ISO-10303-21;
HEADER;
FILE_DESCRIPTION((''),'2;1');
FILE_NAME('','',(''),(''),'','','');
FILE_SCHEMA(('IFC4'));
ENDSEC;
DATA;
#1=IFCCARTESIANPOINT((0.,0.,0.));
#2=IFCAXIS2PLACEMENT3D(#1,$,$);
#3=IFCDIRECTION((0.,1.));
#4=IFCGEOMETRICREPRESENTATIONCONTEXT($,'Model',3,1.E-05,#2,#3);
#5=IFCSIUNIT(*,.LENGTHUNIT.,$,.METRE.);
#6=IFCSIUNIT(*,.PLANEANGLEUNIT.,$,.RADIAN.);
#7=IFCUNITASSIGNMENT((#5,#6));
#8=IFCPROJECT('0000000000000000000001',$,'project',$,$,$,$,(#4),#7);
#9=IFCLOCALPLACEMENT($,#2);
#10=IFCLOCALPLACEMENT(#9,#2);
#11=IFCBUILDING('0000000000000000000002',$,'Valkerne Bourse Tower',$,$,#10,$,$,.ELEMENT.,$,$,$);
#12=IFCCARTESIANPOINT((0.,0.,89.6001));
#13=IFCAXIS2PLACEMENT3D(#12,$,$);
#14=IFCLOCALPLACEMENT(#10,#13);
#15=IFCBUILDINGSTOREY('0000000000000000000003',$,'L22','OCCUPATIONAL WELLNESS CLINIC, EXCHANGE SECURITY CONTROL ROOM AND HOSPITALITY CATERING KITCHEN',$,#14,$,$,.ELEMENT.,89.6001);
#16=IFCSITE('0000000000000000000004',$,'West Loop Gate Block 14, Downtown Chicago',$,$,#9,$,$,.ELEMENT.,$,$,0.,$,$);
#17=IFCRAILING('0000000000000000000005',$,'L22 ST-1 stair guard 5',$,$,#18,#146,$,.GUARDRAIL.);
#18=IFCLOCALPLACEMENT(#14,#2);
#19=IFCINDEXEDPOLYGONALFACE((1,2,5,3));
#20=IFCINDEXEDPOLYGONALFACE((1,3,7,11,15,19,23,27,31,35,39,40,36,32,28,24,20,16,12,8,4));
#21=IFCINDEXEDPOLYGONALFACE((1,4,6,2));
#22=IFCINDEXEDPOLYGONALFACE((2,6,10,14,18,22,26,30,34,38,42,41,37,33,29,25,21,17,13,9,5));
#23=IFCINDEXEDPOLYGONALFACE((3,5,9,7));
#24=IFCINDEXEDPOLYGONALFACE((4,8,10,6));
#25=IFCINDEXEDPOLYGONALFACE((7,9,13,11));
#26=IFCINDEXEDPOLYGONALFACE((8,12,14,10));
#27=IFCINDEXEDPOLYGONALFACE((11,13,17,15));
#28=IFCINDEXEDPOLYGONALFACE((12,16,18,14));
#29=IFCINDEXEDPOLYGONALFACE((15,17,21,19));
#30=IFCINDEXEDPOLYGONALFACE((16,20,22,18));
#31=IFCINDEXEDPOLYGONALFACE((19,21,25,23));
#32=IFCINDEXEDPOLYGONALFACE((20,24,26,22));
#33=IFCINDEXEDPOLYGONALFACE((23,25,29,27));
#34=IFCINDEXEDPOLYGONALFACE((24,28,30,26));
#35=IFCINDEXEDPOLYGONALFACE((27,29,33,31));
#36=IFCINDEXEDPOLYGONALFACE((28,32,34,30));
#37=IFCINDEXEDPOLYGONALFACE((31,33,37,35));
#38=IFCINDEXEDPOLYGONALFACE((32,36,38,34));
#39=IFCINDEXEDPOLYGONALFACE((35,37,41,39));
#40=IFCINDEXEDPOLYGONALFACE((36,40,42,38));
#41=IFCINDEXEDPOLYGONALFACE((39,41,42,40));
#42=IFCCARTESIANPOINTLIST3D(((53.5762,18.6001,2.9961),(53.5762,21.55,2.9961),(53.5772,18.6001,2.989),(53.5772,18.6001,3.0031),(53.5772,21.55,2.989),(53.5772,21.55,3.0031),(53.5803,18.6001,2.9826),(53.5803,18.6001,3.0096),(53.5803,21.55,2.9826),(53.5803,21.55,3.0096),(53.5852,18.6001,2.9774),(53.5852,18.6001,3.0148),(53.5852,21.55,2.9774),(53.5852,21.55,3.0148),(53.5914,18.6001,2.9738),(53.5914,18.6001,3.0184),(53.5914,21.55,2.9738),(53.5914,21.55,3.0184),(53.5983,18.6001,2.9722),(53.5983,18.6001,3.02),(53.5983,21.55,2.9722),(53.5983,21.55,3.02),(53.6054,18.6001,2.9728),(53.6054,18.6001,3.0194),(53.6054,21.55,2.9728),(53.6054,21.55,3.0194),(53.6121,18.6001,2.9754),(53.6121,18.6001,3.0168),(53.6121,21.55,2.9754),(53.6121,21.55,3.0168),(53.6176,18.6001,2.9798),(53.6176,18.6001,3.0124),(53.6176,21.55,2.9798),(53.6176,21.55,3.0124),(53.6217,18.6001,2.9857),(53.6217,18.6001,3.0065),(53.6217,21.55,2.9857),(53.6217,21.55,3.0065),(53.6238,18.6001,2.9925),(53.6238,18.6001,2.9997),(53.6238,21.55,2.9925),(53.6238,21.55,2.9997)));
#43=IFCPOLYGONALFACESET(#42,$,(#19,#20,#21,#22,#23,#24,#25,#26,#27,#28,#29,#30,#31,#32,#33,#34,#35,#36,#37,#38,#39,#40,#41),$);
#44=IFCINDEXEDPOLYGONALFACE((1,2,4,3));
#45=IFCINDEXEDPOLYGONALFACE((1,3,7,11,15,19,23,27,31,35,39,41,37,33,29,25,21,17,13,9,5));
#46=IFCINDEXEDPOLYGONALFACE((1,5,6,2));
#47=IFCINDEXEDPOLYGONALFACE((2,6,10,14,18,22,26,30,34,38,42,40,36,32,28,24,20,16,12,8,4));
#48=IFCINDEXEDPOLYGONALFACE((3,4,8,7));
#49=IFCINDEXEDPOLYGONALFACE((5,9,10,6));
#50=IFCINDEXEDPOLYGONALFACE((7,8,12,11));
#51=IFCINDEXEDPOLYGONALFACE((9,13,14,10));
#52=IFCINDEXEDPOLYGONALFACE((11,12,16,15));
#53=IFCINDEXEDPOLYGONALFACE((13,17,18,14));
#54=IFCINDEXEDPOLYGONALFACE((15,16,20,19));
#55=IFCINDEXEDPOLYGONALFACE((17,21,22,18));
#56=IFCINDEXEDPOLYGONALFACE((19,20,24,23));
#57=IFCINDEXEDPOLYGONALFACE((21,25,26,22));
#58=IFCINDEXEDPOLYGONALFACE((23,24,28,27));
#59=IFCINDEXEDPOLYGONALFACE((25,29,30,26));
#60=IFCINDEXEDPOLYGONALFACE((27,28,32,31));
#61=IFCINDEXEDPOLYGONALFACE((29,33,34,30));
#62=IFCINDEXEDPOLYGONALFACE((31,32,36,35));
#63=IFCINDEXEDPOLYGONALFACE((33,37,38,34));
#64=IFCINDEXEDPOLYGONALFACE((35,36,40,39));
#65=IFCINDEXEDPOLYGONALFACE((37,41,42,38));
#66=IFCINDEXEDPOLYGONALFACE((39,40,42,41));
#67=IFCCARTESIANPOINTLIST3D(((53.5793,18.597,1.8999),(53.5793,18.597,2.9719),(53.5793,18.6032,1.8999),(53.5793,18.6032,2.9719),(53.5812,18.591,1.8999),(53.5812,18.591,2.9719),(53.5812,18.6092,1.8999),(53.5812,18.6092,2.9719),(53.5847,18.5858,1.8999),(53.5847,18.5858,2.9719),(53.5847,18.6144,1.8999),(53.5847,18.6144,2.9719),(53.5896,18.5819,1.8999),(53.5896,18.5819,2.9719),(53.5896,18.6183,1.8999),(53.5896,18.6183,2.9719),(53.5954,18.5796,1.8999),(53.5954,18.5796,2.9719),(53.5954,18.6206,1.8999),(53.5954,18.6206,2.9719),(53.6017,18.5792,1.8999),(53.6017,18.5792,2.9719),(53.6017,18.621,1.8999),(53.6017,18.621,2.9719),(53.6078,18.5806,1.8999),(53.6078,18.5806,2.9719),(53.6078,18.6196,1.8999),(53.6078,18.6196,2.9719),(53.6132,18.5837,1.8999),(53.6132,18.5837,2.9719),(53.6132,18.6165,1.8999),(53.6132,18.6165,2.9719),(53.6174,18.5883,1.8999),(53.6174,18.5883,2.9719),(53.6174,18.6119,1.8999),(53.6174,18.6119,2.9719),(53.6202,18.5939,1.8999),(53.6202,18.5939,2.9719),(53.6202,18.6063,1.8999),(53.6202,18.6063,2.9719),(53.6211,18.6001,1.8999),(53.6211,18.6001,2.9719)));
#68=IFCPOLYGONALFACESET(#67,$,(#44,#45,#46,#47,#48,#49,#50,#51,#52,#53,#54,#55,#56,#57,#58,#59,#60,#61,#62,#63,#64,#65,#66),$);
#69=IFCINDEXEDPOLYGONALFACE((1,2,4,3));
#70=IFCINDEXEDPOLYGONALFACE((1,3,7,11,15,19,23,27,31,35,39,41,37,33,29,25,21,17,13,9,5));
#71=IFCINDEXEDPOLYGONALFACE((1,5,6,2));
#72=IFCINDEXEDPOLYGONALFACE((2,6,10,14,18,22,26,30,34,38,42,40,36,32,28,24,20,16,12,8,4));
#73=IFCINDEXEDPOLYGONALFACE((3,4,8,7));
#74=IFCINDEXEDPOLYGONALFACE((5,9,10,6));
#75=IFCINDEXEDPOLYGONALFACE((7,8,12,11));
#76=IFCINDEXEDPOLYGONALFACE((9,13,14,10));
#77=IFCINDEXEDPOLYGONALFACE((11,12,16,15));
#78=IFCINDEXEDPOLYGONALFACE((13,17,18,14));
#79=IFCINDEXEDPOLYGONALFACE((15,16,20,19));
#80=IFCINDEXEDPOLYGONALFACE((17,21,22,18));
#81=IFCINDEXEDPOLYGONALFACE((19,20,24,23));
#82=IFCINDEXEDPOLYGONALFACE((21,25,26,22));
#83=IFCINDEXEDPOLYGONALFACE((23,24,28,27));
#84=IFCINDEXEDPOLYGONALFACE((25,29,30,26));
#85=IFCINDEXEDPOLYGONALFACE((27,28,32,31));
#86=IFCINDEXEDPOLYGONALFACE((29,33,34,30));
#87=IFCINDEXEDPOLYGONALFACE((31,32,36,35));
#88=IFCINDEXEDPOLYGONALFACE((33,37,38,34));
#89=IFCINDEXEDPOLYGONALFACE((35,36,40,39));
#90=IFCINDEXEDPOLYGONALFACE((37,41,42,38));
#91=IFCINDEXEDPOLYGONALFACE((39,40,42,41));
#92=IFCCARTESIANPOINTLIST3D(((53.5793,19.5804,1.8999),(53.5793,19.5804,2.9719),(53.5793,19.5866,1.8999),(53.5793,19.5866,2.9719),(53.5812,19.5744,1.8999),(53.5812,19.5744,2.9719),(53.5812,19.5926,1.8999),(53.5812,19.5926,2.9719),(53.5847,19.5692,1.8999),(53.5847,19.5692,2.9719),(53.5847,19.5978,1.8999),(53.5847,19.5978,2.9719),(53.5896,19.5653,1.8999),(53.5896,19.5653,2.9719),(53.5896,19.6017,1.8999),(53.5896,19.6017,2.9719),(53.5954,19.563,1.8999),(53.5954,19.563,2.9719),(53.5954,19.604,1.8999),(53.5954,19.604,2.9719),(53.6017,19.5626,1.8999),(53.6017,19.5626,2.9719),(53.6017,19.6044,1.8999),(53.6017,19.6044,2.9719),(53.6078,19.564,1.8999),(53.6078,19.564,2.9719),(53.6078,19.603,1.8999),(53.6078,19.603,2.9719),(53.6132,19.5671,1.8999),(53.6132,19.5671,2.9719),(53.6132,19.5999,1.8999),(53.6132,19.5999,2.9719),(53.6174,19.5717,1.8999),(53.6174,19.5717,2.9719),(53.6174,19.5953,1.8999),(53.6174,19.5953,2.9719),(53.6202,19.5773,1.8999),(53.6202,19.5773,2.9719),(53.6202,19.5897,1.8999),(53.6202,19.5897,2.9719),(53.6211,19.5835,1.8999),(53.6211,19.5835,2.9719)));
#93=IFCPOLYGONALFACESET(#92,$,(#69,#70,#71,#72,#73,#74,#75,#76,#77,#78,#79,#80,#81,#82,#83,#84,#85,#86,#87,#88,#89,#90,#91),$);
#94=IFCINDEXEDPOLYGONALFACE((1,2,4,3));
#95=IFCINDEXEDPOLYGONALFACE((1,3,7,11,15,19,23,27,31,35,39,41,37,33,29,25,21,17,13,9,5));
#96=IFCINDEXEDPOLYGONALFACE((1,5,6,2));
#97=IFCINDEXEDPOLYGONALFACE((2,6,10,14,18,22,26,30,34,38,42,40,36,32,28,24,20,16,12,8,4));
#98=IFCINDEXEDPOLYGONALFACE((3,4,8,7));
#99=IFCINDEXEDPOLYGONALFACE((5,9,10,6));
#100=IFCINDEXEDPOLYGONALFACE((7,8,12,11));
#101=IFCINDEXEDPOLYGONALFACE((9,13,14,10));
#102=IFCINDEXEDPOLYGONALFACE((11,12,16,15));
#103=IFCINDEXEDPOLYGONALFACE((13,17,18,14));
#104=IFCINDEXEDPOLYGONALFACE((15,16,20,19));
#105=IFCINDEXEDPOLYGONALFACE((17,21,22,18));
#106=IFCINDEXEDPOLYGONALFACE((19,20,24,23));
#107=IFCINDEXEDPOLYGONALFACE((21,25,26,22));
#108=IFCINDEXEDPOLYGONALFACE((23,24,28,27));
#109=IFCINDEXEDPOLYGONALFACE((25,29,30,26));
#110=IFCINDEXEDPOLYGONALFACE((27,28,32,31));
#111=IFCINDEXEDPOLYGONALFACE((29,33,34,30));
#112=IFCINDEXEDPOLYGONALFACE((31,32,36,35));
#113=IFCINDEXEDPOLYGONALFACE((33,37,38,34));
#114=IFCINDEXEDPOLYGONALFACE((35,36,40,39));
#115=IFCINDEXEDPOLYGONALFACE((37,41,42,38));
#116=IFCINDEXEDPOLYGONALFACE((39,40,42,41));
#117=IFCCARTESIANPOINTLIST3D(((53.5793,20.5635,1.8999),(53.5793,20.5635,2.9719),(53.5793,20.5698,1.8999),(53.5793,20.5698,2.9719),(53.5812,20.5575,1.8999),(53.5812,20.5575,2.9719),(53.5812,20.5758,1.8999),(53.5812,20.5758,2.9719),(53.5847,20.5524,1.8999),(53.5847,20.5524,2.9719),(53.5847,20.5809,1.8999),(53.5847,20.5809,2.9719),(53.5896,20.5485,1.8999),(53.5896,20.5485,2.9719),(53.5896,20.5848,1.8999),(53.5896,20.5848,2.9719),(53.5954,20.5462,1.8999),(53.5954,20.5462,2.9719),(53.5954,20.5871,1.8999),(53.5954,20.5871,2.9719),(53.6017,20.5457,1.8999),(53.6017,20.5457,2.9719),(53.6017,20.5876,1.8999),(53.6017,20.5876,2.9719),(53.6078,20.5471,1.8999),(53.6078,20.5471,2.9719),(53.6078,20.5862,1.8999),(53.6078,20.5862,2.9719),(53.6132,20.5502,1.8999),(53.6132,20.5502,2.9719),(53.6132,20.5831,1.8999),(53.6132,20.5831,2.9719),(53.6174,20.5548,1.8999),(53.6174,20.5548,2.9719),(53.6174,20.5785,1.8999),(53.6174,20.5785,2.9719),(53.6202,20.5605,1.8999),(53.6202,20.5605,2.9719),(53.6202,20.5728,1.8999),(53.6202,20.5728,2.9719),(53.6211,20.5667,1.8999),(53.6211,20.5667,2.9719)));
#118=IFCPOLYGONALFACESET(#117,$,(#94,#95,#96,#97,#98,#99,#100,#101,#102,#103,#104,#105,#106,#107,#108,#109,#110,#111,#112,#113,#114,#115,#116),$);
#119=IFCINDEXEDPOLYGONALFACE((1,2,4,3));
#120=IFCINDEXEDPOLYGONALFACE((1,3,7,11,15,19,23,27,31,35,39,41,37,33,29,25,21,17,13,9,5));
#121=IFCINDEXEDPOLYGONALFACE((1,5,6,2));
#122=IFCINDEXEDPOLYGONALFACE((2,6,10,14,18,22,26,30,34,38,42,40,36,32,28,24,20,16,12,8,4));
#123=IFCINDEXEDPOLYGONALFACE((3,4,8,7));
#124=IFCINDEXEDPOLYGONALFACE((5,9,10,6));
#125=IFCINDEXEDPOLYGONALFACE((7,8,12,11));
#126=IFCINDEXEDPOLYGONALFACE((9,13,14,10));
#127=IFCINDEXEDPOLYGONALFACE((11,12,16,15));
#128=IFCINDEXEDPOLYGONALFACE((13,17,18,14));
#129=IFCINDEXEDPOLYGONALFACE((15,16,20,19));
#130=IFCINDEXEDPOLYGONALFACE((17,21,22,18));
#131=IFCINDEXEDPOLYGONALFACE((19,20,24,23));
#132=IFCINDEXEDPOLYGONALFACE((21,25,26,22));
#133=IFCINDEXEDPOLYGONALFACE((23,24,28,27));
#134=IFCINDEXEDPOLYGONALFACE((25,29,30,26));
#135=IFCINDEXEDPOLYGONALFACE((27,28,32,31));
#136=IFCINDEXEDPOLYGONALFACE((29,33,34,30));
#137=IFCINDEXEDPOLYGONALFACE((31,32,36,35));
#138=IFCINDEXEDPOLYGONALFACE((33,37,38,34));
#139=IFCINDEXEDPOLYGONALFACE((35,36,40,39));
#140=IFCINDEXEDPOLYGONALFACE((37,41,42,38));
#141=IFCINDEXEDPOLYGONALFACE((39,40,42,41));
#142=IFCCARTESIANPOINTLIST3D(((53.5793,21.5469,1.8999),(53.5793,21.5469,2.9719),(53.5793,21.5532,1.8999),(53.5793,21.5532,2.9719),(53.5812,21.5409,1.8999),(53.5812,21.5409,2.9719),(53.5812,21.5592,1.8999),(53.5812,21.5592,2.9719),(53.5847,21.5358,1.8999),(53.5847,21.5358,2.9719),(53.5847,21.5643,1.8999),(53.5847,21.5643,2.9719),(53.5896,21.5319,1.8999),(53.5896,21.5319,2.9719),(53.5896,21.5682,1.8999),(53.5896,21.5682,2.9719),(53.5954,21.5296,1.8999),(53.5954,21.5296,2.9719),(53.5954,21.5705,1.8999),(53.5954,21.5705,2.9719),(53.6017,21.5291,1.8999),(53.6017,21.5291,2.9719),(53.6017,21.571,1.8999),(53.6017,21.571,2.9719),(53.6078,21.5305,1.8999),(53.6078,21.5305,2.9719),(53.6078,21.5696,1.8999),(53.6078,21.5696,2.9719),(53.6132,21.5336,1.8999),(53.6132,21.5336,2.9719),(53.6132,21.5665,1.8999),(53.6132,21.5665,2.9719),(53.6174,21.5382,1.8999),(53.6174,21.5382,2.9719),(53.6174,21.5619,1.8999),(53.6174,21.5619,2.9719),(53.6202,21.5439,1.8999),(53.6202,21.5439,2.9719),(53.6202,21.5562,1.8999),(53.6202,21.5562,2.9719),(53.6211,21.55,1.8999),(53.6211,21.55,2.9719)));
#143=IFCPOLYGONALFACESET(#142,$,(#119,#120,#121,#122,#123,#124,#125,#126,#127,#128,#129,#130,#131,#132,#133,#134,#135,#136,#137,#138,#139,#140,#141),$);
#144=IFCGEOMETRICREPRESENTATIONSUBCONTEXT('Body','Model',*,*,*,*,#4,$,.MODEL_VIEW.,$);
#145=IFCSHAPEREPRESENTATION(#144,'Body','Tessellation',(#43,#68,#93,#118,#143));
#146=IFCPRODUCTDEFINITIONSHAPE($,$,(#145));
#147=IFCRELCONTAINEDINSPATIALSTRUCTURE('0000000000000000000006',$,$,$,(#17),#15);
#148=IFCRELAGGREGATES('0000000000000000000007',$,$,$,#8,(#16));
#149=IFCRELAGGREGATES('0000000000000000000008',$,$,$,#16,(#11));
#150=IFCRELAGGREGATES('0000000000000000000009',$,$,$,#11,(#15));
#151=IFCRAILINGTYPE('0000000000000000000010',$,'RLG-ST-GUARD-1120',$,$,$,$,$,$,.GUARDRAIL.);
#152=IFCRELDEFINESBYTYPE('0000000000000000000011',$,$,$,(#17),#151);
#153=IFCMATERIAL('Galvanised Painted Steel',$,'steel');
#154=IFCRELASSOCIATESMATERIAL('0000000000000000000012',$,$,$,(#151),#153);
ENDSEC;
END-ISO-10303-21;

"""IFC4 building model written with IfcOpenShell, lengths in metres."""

from ifc_helpers import new_model, si_unit, direction, frame, origin, origin_2d, place, context, subcontext, project, spatial, circle, extrude, material, type_object, element, save


model = new_model("IFC4")

# Units and contexts
model_context = context("Model", 3, precision=1e-05, world=origin(), true_north=direction((0.0, 1.0)))
body_context = subcontext(model_context, "Body", "Model", "MODEL_VIEW")
ifc_project = project(units=[si_unit("LENGTHUNIT", "METRE"), si_unit("PLANEANGLEUNIT", "RADIAN")], contexts=[model_context])

# Site, building, storey
site_placement = place(None, origin())
site = spatial("IfcSite", under=ifc_project, at=site_placement, Name="West Loop Gate Block 14, Downtown Chicago", CompositionType="ELEMENT", RefElevation=0.0)
building_placement = place(site_placement, origin())
building = spatial("IfcBuilding", under=site, at=building_placement, Name="Valkerne Bourse Tower", CompositionType="ELEMENT")
storey_placement = place(building_placement, frame((0.0, 0.0, 89.6001)))
storey = spatial("IfcBuildingStorey", under=building, at=storey_placement, Name="L22", Description="OCCUPATIONAL WELLNESS CLINIC, EXCHANGE SECURITY CONTROL ROOM AND HOSPITALITY CATERING KITCHEN", CompositionType="ELEMENT", Elevation=89.6001)

# Shared definitions
ifc_material_1 = material(Name="Galvanised Painted Steel", Category="steel")

# Railing
railing_type_1 = type_object("IfcRailingType", Name="RLG-ST-GUARD-1120", PredefinedType="GUARDRAIL", material=ifc_material_1)
railing_1_placement = place(storey_placement, frame((53.6001, 18.6001, 1.8999)))
element("IfcRailing", 1, at=railing_1_placement, inside=storey, type_object=railing_type_1, Name="L22 ST-1 stair guard 5", PredefinedType="GUARDRAIL", context=body_context, shape_type="SweptSolid", body=[
    extrude(circle(Radius=0.0239, at=origin_2d()), frame((0.0, 0.0, 1.0962), z_axis=(0.0, 1.0, 0.0), x_axis=(-1.0, 0.0, 0.0)), (0.0, 0.0, 1.0), 2.95),
    extrude(circle(Radius=0.021, at=origin_2d()), origin(), (0.0, 0.0, 1.0), 1.072),
    extrude(circle(Radius=0.021, at=origin_2d()), frame((0.0, 0.9834, 0.0)), (0.0, 0.0, 1.0), 1.072),
    extrude(circle(Radius=0.021, at=origin_2d()), frame((0.0, 1.9666, 0.0)), (0.0, 0.0, 1.0), 1.072),
    extrude(circle(Radius=0.021, at=origin_2d()), frame((0.0, 2.95, 0.0)), (0.0, 0.0, 1.0), 1.072),
])

save(model, "model.ifc")
